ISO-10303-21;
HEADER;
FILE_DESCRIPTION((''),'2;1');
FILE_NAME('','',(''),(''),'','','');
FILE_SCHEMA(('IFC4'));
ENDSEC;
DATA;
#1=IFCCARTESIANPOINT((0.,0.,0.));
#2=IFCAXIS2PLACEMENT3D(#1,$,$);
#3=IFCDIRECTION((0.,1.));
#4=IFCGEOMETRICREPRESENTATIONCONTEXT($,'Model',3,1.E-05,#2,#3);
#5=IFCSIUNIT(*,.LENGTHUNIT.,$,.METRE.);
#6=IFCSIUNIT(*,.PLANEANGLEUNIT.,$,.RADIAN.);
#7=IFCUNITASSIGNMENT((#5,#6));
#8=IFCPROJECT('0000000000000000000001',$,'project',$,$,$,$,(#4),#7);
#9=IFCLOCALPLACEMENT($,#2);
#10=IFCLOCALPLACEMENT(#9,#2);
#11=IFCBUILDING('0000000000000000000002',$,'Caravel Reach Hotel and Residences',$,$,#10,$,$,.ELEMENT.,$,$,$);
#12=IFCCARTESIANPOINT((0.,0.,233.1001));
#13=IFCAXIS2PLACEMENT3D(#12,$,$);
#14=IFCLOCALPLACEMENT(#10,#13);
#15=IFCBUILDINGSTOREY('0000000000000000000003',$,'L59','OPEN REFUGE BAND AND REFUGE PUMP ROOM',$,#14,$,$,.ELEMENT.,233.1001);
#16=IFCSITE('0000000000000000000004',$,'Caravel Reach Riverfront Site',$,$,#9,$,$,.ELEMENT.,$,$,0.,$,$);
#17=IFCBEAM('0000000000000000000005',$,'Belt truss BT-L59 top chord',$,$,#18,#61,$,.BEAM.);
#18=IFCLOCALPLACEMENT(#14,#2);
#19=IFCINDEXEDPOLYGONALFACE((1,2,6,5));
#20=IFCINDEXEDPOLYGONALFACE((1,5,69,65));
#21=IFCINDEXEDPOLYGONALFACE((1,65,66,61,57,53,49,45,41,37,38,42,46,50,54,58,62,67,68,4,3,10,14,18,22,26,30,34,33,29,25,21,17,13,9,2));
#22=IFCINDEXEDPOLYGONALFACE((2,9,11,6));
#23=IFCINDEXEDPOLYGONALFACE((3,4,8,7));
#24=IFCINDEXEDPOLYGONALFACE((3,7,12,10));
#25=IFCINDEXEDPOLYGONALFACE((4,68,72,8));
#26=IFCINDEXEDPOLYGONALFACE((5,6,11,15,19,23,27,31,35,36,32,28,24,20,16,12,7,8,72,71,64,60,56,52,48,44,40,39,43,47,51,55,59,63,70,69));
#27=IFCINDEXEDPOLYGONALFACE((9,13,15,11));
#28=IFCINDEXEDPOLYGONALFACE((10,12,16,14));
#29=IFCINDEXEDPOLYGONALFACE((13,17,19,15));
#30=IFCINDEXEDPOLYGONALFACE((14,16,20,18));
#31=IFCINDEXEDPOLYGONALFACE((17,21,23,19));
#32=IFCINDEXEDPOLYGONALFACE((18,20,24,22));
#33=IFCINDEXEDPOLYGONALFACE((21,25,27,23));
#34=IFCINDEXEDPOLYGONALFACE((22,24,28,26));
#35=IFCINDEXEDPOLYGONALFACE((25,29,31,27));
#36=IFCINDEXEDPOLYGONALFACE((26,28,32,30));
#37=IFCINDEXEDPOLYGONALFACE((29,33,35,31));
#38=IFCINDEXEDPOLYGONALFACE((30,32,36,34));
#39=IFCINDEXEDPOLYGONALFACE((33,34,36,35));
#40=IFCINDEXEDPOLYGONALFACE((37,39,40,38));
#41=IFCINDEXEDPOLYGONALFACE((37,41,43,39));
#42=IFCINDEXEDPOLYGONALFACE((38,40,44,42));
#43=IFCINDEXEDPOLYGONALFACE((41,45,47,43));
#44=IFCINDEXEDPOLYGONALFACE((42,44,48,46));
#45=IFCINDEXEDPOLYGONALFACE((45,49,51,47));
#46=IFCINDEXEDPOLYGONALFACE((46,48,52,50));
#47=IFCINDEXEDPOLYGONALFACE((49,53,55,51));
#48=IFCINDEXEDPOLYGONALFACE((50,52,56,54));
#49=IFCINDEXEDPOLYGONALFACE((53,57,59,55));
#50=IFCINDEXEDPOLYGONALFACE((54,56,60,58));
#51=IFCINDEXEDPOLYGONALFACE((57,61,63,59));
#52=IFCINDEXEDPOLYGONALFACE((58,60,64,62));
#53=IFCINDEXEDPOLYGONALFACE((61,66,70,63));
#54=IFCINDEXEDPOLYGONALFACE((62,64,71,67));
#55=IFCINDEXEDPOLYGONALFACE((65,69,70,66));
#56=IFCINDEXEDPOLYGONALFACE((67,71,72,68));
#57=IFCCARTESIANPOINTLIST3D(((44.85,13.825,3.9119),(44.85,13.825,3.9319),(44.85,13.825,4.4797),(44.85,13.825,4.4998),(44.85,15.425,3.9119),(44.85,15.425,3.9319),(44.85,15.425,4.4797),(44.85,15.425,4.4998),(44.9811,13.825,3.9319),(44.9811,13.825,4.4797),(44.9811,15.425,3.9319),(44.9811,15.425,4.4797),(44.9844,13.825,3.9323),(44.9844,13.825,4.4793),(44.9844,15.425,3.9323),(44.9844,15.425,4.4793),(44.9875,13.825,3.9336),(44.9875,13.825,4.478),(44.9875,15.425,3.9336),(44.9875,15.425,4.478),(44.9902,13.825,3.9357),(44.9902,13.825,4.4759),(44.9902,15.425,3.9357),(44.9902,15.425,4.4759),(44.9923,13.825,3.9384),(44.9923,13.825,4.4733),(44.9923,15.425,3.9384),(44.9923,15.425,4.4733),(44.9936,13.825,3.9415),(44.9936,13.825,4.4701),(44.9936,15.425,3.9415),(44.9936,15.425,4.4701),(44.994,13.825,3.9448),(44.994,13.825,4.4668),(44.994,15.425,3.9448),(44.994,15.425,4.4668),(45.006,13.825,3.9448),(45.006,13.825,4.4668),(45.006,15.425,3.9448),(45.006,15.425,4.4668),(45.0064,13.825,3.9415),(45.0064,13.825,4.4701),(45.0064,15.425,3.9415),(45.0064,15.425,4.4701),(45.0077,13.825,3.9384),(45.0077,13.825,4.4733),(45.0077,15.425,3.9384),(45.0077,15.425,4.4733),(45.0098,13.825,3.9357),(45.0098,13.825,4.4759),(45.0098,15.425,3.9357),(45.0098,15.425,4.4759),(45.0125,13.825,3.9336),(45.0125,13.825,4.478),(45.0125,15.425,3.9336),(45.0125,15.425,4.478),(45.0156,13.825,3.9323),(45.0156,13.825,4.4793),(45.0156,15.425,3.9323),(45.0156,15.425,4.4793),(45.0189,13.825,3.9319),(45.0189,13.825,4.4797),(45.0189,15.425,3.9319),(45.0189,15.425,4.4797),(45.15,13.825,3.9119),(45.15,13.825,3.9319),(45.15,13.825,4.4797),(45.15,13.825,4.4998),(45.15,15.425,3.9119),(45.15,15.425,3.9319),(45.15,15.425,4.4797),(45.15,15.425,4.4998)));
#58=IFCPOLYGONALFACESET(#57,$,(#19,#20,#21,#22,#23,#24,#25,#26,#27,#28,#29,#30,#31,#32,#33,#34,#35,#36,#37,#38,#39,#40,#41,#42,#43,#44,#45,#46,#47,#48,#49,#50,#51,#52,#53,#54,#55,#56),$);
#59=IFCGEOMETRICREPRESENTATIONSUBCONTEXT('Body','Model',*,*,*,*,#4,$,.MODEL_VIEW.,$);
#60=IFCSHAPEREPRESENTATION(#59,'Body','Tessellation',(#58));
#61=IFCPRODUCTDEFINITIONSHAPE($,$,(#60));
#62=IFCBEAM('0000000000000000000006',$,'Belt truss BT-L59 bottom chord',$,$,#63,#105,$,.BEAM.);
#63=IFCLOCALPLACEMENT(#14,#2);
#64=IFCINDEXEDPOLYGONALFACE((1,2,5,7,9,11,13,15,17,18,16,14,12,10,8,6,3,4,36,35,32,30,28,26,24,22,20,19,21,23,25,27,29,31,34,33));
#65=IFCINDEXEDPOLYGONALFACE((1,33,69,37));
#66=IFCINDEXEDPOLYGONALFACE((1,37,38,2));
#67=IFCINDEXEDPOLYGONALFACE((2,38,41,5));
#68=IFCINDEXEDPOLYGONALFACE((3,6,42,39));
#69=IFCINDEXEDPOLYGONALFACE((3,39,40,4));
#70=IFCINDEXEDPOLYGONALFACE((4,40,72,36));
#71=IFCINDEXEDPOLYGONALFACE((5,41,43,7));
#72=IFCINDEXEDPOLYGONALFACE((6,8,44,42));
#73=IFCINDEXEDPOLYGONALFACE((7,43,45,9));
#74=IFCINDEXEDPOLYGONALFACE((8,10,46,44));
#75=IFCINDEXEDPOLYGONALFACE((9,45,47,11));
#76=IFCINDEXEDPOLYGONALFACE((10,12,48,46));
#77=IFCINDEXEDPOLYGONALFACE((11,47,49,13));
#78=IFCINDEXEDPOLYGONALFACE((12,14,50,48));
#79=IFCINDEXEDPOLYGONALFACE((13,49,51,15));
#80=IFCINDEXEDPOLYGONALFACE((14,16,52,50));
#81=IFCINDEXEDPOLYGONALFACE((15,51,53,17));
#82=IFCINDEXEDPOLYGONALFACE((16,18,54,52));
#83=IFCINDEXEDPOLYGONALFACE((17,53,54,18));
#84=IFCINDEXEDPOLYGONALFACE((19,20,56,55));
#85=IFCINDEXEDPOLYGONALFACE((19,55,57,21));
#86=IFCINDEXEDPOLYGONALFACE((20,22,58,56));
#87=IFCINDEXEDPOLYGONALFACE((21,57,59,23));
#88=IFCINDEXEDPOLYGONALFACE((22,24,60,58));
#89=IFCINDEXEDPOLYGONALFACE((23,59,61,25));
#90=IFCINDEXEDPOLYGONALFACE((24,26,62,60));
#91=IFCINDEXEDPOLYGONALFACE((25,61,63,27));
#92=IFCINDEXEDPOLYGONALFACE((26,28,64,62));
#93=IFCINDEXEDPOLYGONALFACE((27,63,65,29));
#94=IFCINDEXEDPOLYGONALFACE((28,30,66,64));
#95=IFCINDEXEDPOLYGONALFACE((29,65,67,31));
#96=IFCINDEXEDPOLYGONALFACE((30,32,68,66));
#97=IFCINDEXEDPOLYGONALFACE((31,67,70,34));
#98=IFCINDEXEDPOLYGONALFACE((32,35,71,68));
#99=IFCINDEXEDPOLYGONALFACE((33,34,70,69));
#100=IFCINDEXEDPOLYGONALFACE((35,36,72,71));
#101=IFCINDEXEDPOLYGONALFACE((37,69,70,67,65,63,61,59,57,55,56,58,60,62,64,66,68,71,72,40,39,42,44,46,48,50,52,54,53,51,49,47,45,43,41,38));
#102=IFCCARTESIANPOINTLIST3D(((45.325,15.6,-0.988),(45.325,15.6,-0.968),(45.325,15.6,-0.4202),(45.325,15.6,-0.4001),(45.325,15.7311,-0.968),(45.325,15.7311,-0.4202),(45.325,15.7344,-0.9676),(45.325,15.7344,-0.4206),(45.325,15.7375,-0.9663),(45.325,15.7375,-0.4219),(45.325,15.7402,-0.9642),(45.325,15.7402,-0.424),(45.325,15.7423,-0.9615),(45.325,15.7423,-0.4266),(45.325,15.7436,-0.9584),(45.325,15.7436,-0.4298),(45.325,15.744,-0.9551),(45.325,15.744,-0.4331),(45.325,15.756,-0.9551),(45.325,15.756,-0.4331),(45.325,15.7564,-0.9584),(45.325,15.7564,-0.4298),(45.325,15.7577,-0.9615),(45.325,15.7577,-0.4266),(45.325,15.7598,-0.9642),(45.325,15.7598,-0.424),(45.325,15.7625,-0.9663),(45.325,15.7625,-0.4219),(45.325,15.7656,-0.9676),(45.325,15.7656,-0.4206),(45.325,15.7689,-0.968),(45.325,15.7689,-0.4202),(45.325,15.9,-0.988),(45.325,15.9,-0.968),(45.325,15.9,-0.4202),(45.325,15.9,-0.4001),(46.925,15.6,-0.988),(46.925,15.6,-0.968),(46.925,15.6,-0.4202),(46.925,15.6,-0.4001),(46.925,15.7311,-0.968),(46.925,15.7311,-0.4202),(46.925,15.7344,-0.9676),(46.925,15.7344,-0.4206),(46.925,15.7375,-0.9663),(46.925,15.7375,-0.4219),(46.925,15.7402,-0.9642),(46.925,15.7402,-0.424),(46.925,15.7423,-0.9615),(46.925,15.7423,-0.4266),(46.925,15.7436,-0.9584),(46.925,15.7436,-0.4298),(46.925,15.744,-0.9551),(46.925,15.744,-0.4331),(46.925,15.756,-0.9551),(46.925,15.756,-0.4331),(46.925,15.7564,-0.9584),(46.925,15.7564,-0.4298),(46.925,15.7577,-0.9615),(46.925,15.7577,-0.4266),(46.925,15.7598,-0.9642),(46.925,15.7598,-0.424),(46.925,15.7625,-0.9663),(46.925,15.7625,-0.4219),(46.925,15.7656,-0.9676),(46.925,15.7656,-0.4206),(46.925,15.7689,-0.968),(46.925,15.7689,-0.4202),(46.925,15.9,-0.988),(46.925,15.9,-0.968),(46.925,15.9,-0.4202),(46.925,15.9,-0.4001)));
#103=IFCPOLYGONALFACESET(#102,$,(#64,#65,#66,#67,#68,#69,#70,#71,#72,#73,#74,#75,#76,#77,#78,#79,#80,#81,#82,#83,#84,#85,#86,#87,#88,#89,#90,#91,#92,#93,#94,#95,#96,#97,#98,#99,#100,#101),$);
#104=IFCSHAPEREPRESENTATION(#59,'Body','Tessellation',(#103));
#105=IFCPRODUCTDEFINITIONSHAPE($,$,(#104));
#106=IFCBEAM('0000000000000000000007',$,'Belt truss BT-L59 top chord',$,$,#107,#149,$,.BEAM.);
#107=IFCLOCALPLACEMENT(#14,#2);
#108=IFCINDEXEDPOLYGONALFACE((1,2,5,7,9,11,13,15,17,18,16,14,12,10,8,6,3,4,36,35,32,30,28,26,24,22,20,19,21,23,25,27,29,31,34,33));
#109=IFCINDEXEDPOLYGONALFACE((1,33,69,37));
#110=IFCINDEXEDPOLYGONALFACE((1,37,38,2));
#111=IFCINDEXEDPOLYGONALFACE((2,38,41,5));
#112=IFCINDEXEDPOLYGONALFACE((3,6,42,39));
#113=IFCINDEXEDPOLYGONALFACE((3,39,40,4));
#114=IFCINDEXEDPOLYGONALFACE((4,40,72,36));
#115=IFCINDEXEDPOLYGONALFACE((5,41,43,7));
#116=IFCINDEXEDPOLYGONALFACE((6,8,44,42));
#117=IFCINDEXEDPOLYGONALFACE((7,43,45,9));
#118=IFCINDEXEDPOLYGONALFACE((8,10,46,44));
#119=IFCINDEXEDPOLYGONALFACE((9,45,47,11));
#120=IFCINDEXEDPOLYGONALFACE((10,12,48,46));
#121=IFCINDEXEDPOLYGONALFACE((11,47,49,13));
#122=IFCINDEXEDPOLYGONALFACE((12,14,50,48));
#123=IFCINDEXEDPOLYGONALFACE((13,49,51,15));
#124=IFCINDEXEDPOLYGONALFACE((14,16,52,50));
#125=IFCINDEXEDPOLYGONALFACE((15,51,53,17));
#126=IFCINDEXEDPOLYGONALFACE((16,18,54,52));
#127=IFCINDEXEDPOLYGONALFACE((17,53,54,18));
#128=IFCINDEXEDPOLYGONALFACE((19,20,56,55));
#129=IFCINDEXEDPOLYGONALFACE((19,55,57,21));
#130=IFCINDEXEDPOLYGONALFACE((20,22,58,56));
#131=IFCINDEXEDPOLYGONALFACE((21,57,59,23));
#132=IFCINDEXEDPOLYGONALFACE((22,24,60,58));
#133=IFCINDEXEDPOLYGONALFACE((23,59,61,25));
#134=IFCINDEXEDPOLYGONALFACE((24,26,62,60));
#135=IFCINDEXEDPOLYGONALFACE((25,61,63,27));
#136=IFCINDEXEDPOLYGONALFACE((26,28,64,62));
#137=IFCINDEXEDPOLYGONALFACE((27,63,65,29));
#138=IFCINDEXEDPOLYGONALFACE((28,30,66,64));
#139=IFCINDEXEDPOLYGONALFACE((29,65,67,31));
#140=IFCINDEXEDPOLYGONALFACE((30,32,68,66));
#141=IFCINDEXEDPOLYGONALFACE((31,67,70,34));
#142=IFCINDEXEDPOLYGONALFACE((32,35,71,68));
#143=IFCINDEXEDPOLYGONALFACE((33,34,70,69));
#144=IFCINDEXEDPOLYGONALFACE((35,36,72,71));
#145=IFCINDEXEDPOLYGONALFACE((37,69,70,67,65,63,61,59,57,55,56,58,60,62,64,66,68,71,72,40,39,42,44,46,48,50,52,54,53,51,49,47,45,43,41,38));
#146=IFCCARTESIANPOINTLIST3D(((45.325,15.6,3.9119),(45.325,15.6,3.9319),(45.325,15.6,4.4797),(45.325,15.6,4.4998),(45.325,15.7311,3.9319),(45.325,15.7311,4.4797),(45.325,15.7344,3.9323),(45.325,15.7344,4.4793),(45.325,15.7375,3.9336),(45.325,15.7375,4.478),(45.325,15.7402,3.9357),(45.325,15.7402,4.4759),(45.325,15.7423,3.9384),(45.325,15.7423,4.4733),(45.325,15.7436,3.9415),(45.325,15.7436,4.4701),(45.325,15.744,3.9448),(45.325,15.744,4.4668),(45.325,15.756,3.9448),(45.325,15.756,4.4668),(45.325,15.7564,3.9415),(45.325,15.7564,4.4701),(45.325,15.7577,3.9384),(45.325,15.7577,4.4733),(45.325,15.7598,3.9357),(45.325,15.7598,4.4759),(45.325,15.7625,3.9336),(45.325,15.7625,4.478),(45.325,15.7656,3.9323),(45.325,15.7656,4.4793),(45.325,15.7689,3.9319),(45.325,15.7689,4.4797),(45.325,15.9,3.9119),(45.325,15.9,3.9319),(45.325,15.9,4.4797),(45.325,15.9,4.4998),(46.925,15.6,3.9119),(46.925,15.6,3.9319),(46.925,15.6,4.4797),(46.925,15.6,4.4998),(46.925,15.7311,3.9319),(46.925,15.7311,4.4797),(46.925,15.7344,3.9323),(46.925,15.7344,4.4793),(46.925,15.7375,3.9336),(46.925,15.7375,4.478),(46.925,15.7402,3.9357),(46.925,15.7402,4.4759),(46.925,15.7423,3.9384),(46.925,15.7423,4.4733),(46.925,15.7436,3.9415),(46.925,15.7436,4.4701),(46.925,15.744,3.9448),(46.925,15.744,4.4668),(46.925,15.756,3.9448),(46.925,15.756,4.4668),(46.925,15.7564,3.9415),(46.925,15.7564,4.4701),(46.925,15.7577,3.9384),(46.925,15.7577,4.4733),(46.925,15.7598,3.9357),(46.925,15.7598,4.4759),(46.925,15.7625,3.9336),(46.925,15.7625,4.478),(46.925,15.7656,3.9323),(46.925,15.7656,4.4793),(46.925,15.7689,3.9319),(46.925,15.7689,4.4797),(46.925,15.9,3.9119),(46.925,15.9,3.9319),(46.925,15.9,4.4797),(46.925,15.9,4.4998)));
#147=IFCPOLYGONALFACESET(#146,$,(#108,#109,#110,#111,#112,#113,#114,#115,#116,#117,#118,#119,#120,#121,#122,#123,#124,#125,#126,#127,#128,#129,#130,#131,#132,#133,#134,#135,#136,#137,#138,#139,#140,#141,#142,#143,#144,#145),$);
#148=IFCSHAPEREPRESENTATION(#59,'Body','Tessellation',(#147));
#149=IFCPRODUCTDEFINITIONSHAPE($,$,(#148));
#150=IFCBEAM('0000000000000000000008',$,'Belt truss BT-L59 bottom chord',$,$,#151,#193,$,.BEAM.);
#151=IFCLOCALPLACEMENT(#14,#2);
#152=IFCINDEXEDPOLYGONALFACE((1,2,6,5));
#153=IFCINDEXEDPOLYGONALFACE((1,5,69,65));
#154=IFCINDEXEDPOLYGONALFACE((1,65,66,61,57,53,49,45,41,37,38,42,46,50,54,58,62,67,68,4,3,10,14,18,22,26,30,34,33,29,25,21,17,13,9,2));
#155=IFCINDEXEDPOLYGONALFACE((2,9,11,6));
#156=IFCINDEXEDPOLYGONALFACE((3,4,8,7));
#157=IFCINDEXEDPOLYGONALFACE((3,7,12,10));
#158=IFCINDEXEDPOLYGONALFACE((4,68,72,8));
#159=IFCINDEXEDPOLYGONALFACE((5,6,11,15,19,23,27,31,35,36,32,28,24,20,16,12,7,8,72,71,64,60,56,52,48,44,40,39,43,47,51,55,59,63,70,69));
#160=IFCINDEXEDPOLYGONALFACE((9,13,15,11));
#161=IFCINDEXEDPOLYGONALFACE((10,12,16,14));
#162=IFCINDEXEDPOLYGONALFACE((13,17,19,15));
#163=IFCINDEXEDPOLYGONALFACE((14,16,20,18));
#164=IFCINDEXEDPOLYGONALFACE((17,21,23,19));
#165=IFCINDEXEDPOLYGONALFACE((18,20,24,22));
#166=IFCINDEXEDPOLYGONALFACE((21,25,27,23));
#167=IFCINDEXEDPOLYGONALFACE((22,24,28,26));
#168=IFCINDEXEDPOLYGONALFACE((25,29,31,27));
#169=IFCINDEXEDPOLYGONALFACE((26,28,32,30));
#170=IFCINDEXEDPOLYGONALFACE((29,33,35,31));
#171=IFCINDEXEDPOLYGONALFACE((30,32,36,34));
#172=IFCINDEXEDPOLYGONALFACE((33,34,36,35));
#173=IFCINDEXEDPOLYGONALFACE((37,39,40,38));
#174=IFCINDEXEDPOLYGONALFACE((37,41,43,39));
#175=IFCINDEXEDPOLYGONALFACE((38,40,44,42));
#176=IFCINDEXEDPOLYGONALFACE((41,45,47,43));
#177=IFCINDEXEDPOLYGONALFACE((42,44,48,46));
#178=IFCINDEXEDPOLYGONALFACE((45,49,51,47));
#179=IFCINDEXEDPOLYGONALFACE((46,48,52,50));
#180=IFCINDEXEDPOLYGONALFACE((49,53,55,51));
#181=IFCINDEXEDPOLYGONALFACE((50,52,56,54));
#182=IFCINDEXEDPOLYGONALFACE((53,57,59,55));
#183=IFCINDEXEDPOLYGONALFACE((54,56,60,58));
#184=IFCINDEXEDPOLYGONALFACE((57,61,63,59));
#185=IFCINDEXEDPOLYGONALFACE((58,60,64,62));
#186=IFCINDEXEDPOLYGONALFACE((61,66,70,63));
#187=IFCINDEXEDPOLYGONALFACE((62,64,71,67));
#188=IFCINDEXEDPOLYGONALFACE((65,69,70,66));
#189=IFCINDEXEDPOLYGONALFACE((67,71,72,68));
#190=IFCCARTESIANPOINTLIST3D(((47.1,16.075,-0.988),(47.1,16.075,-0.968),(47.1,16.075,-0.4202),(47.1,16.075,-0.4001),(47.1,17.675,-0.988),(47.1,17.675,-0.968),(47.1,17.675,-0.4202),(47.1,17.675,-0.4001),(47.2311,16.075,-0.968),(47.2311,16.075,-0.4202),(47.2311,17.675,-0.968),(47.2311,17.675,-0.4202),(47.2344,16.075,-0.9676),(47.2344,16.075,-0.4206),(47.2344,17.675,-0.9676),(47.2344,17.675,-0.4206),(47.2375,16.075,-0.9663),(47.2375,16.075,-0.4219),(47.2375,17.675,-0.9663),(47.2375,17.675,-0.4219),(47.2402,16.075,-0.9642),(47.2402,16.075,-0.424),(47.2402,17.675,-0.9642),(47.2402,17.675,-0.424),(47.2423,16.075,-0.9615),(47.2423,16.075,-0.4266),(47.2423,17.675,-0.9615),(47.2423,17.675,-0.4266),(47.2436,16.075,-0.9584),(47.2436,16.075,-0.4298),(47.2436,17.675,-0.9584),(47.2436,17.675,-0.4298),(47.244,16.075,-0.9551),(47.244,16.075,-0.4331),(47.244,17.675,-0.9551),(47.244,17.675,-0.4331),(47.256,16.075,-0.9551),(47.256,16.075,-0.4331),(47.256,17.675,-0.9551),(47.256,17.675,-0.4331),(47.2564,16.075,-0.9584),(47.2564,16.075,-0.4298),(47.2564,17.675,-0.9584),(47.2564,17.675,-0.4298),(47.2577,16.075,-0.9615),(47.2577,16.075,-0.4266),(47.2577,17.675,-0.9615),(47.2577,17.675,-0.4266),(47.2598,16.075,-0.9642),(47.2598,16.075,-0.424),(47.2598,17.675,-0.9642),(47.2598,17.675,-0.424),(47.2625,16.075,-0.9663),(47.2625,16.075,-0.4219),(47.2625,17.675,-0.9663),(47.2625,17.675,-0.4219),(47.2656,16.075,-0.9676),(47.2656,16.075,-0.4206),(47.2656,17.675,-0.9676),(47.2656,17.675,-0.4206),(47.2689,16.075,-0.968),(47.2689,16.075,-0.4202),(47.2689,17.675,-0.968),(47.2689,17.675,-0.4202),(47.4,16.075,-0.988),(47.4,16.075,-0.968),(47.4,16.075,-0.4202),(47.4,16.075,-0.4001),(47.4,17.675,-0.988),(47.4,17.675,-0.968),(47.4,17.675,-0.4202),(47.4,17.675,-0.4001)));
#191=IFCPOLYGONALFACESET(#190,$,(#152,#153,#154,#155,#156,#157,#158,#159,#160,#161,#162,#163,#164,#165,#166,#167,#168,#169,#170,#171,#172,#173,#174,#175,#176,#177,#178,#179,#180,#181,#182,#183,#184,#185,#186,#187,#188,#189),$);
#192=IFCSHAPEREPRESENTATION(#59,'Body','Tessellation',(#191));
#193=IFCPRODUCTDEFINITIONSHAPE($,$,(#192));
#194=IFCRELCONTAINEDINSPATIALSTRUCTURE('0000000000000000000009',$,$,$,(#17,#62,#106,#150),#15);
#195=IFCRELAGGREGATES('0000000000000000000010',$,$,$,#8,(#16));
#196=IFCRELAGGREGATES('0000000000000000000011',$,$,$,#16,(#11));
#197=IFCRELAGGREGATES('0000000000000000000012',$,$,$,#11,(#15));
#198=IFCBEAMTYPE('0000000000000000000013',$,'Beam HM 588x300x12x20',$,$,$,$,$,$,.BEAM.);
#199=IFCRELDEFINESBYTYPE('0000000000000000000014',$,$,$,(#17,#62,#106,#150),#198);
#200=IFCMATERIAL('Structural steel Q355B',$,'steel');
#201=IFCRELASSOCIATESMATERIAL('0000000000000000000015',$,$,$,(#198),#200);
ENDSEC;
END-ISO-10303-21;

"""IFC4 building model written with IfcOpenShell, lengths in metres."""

from ifc_helpers import new_model, si_unit, direction, frame, origin, origin_2d, place, context, subcontext, project, spatial, i_section, extrude, material, material_profile, profile_set, type_object, element, save


model = new_model("IFC4")

# Units and contexts
model_context = context("Model", 3, precision=1e-05, world=origin(), true_north=direction((0.0, 1.0)))
body_context = subcontext(model_context, "Body", "Model", "MODEL_VIEW")
ifc_project = project(units=[si_unit("LENGTHUNIT", "METRE"), si_unit("PLANEANGLEUNIT", "RADIAN")], contexts=[model_context])

# Site, building, storey
site_placement = place(None, origin())
site = spatial("IfcSite", under=ifc_project, at=site_placement, Name="Caravel Reach Riverfront Site", CompositionType="ELEMENT", RefElevation=0.0)
building_placement = place(site_placement, origin())
building = spatial("IfcBuilding", under=site, at=building_placement, Name="Caravel Reach Hotel and Residences", CompositionType="ELEMENT")
storey_placement = place(building_placement, frame((0.0, 0.0, 233.1001)))
storey = spatial("IfcBuildingStorey", under=building, at=storey_placement, Name="L59", Description="OPEN REFUGE BAND AND REFUGE PUMP ROOM", CompositionType="ELEMENT", Elevation=233.1001)

# Beams
ifc_material_1 = material(Name="Structural steel Q355B", Category="steel")
ifc_material_profile_1 = material_profile(ifc_material_1, i_section(OverallWidth=0.3, OverallDepth=0.5879, WebThickness=0.012, FlangeThickness=0.02, FilletRadius=0.0129, at=origin_2d()), Name="HM 588x300x12x20")
ifc_profile_set_1 = profile_set([ifc_material_profile_1], Name="Structural steel Q355B")
beam_type_1 = type_object("IfcBeamType", Name="Beam HM 588x300x12x20", PredefinedType="BEAM", material=ifc_profile_set_1)
for number, where, z_axis, x_axis, name in (
    (1, (45.0, 13.825, 4.2058), (0.0, 1.0, 0.0), (-1.0, 0.0, 0.0), "Belt truss BT-L59 top chord"),
    (2, (45.325, 15.75, -0.6941), (1.0, 0.0, 0.0), (0.0, 1.0, 0.0), "Belt truss BT-L59 bottom chord"),
    (3, (45.325, 15.75, 4.2058), (1.0, 0.0, 0.0), (0.0, 1.0, 0.0), "Belt truss BT-L59 top chord"),
    (4, (47.25, 16.075, -0.6941), (0.0, 1.0, 0.0), (-1.0, 0.0, 0.0), "Belt truss BT-L59 bottom chord"),
):
    element("IfcBeam", number, at=place(storey_placement, frame(where, z_axis=z_axis, x_axis=x_axis)), inside=storey, type_object=beam_type_1, Name=name, PredefinedType="BEAM", context=body_context, shape_type="SweptSolid", body=[
        extrude(i_section(OverallWidth=0.3, OverallDepth=0.5879, WebThickness=0.012, FlangeThickness=0.02, FilletRadius=0.0129, at=origin_2d()), origin(), (0.0, 0.0, 1.0), 1.6001),
    ])

save(model, "model.ifc")
